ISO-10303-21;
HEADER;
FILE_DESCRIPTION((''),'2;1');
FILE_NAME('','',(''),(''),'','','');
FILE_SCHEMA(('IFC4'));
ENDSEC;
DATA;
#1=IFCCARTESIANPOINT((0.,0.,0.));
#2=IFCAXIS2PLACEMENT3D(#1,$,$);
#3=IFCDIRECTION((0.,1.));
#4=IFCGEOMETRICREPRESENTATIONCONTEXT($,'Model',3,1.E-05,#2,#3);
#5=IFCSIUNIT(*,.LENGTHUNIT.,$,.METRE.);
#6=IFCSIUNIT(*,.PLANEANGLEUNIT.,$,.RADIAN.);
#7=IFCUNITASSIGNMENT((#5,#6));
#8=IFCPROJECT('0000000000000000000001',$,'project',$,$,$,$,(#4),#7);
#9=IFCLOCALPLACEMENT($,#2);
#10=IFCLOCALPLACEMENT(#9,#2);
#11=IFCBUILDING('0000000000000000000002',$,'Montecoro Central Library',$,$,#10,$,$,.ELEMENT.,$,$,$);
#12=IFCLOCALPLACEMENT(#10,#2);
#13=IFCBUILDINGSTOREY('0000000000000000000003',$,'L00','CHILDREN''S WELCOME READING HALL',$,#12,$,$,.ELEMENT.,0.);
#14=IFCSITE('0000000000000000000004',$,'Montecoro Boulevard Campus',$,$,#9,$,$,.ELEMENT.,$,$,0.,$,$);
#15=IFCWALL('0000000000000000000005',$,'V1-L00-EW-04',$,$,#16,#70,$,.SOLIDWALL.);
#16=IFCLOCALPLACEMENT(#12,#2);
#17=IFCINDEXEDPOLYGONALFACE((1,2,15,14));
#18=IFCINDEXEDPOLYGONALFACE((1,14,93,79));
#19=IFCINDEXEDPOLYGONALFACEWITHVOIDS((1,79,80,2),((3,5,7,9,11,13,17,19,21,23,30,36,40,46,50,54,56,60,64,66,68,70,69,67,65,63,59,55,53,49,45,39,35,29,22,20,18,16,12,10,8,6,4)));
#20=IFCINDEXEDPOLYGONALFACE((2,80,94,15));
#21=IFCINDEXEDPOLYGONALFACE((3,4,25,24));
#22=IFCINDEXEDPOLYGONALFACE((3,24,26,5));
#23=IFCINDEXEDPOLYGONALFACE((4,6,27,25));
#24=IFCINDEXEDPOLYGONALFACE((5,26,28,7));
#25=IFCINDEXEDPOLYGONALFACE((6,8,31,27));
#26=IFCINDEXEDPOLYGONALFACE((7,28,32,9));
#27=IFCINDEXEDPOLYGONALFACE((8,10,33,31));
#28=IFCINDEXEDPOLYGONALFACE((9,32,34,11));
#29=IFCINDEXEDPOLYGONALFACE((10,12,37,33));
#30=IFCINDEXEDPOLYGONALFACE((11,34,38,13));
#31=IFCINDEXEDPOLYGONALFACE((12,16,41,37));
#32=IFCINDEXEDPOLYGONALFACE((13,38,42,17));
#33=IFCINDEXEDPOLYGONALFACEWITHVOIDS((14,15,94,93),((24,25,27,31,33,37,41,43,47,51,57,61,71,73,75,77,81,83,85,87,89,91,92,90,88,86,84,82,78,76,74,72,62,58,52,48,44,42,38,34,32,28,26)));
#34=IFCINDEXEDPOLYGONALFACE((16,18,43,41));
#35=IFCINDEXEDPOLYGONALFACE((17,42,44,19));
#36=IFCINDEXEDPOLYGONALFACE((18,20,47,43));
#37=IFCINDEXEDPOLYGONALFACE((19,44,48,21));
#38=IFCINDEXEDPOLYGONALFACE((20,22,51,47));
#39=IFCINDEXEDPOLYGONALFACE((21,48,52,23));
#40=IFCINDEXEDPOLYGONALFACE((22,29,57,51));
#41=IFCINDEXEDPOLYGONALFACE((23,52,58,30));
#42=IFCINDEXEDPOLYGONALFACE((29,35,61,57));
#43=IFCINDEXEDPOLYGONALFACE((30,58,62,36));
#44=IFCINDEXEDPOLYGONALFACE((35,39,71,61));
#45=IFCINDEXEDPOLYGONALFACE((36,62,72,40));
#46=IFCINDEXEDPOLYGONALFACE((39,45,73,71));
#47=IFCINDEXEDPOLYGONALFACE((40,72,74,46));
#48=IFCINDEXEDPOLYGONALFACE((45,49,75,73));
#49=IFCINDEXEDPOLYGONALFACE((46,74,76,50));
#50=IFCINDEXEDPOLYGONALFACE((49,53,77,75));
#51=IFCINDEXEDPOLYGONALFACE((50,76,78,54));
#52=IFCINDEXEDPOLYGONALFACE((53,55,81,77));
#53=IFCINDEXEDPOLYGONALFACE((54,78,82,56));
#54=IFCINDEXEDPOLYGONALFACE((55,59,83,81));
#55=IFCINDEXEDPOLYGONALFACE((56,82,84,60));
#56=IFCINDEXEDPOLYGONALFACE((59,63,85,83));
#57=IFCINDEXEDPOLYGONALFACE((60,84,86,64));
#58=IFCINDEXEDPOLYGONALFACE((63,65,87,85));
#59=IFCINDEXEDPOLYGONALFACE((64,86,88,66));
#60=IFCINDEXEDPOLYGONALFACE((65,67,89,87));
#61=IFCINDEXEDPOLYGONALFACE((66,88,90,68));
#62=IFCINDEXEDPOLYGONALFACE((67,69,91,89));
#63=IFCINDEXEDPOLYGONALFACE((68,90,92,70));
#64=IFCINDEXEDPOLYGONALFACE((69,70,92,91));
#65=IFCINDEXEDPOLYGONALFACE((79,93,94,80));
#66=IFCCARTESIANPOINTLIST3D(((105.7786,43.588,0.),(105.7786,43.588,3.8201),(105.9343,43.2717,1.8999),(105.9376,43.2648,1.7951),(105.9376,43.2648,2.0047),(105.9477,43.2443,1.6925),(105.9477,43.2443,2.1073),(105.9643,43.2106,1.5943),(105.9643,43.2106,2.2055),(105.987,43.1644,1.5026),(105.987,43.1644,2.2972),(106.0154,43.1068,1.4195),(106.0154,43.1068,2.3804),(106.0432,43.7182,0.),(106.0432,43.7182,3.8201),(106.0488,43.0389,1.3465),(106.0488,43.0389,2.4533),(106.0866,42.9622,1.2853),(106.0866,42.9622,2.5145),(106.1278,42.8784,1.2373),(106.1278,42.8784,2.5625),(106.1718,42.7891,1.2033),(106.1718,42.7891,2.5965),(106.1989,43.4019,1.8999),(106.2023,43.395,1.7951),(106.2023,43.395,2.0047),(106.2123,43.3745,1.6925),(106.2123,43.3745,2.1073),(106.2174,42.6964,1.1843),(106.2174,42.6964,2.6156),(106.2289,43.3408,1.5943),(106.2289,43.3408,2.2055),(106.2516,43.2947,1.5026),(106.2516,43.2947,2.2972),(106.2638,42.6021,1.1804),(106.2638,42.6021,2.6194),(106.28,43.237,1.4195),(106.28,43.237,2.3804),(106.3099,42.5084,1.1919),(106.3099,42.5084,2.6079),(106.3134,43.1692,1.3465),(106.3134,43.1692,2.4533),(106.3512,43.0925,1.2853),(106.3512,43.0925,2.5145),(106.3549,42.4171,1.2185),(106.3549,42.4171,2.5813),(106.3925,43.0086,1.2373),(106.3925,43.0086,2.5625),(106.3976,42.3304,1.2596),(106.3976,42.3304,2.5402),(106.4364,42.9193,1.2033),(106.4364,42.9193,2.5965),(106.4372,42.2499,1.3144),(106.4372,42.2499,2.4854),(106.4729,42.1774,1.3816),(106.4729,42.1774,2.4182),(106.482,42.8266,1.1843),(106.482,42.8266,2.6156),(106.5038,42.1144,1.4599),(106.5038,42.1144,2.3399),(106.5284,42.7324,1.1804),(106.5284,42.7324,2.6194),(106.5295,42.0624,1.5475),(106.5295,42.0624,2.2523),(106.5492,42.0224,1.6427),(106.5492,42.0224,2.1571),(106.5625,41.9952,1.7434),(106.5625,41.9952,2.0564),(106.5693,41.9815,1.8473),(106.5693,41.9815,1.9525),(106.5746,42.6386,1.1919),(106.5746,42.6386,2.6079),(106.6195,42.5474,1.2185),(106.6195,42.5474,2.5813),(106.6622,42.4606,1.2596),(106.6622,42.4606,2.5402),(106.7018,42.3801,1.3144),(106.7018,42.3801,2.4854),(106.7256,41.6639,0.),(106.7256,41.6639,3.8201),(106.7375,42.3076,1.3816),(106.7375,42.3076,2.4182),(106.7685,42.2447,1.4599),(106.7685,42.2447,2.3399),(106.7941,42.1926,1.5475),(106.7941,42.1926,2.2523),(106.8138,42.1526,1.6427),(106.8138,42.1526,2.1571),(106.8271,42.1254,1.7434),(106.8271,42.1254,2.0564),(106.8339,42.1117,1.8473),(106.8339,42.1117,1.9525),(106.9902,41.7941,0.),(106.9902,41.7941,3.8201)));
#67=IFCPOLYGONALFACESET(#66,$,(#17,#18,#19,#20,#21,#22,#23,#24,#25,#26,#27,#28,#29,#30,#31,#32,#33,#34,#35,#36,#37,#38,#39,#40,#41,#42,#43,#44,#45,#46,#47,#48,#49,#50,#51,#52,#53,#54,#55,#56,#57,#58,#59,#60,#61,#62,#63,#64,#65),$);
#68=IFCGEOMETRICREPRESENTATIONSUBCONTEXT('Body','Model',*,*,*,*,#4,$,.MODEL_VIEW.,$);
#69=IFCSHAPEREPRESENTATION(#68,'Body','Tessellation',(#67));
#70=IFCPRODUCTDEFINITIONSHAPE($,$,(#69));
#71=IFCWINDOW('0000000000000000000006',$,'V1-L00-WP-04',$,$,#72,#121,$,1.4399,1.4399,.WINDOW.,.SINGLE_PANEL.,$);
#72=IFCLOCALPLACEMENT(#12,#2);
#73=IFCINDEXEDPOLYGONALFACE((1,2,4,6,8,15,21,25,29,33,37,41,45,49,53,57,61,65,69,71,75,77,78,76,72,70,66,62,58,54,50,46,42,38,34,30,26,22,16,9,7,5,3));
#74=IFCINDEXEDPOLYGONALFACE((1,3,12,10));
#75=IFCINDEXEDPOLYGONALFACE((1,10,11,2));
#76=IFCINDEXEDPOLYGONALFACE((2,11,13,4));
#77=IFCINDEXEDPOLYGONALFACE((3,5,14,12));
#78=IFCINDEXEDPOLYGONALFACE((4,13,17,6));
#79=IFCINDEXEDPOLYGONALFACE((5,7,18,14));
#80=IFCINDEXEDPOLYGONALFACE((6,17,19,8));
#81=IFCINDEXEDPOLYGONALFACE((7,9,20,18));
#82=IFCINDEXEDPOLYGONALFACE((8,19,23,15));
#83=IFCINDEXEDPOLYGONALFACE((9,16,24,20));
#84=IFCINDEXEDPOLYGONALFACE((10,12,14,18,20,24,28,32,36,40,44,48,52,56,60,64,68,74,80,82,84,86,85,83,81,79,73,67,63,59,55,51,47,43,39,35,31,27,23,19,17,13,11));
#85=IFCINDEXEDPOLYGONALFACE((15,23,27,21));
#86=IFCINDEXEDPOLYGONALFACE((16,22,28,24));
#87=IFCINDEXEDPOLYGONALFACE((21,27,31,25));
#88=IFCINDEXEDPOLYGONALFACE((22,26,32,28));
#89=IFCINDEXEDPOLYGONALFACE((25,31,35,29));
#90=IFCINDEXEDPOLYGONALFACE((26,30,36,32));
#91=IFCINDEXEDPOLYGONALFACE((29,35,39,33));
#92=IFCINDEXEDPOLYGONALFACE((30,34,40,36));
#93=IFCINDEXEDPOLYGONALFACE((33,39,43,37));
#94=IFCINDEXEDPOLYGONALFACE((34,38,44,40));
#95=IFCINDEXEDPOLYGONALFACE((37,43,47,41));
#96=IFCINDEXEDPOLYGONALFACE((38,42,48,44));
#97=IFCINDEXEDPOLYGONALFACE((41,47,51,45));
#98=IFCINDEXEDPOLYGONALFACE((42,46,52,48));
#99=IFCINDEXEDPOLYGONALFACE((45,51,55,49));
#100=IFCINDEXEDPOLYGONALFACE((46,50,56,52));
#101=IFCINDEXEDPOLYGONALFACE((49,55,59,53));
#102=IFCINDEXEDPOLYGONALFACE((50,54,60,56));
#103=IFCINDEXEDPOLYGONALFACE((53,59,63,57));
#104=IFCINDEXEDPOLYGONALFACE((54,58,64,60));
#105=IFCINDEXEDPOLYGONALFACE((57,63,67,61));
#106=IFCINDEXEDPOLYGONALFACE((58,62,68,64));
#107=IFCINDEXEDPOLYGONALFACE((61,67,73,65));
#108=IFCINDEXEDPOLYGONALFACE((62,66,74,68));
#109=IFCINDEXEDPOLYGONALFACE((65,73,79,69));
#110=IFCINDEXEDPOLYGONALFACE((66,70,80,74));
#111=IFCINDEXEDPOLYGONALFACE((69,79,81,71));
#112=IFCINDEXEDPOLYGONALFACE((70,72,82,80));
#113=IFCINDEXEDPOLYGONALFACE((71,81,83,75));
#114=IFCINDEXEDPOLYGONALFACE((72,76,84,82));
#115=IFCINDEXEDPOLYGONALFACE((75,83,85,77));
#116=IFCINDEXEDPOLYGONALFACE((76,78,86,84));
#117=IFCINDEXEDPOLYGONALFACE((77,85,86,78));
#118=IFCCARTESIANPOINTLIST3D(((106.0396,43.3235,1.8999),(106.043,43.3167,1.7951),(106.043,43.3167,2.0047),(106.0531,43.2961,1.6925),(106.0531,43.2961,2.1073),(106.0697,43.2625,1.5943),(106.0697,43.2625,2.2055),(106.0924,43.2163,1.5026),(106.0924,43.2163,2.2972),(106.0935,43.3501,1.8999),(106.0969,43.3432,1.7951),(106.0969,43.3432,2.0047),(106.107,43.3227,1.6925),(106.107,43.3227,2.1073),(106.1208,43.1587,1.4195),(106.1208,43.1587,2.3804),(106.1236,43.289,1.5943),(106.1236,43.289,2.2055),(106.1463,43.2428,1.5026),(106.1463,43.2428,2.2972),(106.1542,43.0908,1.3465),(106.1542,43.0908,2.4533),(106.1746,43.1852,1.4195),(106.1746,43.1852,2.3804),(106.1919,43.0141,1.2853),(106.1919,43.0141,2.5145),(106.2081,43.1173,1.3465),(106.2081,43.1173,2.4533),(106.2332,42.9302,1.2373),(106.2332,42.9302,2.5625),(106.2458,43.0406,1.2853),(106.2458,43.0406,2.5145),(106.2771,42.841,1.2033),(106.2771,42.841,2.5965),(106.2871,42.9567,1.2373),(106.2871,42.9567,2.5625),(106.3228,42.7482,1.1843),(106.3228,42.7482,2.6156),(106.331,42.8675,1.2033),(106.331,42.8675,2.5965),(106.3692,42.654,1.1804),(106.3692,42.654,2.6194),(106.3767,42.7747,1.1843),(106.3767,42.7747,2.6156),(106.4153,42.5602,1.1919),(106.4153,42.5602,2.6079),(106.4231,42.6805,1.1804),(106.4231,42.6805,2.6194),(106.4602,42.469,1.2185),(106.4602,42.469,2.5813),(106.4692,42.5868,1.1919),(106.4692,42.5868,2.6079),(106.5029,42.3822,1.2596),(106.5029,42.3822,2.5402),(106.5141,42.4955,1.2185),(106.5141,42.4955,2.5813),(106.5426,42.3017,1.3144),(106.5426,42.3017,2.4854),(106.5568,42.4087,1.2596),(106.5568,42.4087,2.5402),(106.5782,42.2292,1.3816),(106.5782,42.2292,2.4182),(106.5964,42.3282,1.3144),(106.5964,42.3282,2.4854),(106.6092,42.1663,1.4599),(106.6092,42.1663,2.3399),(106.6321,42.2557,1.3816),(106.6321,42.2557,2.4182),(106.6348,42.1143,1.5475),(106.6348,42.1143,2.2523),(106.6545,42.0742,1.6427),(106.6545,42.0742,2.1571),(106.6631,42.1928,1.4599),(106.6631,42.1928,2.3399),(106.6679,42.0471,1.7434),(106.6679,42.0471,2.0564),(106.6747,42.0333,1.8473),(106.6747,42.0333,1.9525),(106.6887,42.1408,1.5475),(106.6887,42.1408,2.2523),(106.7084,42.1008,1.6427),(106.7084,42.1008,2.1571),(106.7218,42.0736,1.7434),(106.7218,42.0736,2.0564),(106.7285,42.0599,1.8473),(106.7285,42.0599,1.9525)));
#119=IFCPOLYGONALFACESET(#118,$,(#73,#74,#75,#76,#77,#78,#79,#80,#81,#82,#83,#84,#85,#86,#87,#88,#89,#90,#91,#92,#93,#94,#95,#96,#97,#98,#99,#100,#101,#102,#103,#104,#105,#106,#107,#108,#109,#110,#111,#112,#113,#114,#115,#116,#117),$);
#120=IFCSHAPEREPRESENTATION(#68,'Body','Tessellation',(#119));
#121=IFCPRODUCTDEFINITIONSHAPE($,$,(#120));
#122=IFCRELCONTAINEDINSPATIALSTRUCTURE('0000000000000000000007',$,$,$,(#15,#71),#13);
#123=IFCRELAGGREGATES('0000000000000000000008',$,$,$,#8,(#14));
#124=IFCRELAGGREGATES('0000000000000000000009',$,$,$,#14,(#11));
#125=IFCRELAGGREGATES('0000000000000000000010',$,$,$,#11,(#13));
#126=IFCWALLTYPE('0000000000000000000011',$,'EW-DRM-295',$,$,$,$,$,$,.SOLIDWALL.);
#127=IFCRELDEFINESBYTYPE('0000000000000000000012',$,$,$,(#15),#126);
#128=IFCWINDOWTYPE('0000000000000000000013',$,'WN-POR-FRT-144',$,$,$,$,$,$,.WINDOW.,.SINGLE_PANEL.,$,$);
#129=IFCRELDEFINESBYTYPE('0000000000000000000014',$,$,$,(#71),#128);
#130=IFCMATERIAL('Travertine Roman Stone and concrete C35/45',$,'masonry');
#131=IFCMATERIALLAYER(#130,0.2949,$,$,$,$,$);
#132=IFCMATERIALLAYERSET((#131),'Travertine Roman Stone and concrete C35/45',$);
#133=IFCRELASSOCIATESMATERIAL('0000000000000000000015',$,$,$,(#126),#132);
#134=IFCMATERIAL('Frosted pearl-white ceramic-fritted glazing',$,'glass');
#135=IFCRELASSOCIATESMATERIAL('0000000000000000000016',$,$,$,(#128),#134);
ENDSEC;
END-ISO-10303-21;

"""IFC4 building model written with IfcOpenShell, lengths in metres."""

from ifc_helpers import new_model, si_unit, direction, frame, frame_2d, origin, place, context, subcontext, project, spatial, rectangle, circle, extrude, material, layer, layer_set, type_object, element, fill, save


model = new_model("IFC4")

# Units and contexts
model_context = context("Model", 3, precision=1e-05, world=origin(), true_north=direction((0.0, 1.0)))
body_context = subcontext(model_context, "Body", "Model", "MODEL_VIEW")
ifc_project = project(units=[si_unit("LENGTHUNIT", "METRE"), si_unit("PLANEANGLEUNIT", "RADIAN")], contexts=[model_context])

# Site, building, storey
site_placement = place(None, origin())
site = spatial("IfcSite", under=ifc_project, at=site_placement, Name="Montecoro Boulevard Campus", CompositionType="ELEMENT", RefElevation=0.0)
building_placement = place(site_placement, origin())
building = spatial("IfcBuilding", under=site, at=building_placement, Name="Montecoro Central Library", CompositionType="ELEMENT")
storey_placement = place(building_placement, origin())
storey = spatial("IfcBuildingStorey", under=building, at=storey_placement, Name="L00", Description="CHILDREN'S WELCOME READING HALL", CompositionType="ELEMENT", Elevation=0.0)

# Wall, opening, window
ifc_material_1 = material(Name="Travertine Roman Stone and concrete C35/45", Category="masonry")
ifc_layer_1 = layer(ifc_material_1, 0.2949)
ifc_layer_set_1 = layer_set([ifc_layer_1], Name="Travertine Roman Stone and concrete C35/45")
wall_type = type_object("IfcWallType", Name="EW-DRM-295", PredefinedType="SOLIDWALL", material=ifc_layer_set_1)
wall_1_placement = place(storey_placement, frame((106.8579, 41.729, 0.0), z_axis=(0.0, 0.0, 1.0), x_axis=(-0.441604, 0.89721, 0.0)))
wall_1 = element("IfcWall", 1, at=wall_1_placement, inside=storey, type_object=wall_type, Name="V1-L00-EW-04", PredefinedType="SOLIDWALL", context=body_context, shape_type="SweptSolid", body=[
    extrude(rectangle(XDim=2.1445, YDim=0.2949, at=frame_2d((1.0723, 0.0))), origin(), (0.0, 0.0, 1.0), 3.8201),
])
opening_1_placement = place(wall_1_placement, frame((0.3521, 0.0, 1.1799)))
opening_1 = element("IfcOpeningElement", 2, at=opening_1_placement, cuts=wall_1, PredefinedType="OPENING", context=body_context, shape_type="SweptSolid", body=[
    extrude(circle(Radius=0.72, at=frame_2d((0.72, 0.72))), frame((0.0, 0.1575, 0.0), z_axis=(0.0, -1.0, 0.0), x_axis=(1.0, 0.0, 0.0)), (0.0, 0.0, 1.0), 0.3149),
])
ifc_material_2 = material(Name="Frosted pearl-white ceramic-fritted glazing", Category="glass")
window_type_1 = type_object("IfcWindowType", Name="WN-POR-FRT-144", PartitioningType="SINGLE_PANEL", PredefinedType="WINDOW", material=ifc_material_2)
window_1_placement = place(opening_1_placement, origin())
window_1 = element("IfcWindow", 3, at=window_1_placement, inside=storey, type_object=window_type_1, Name="V1-L00-WP-04", OverallHeight=1.4399, OverallWidth=1.4399, PartitioningType="SINGLE_PANEL", PredefinedType="WINDOW", context=body_context, shape_type="SweptSolid", body=[
    extrude(circle(Radius=0.72, at=frame_2d((0.72, 0.72))), frame((0.0, 0.03, 0.0), z_axis=(0.0, -1.0, 0.0), x_axis=(1.0, 0.0, 0.0)), (0.0, 0.0, 1.0), 0.0601),
])
fill(opening_1, window_1)

save(model, "model.ifc")
